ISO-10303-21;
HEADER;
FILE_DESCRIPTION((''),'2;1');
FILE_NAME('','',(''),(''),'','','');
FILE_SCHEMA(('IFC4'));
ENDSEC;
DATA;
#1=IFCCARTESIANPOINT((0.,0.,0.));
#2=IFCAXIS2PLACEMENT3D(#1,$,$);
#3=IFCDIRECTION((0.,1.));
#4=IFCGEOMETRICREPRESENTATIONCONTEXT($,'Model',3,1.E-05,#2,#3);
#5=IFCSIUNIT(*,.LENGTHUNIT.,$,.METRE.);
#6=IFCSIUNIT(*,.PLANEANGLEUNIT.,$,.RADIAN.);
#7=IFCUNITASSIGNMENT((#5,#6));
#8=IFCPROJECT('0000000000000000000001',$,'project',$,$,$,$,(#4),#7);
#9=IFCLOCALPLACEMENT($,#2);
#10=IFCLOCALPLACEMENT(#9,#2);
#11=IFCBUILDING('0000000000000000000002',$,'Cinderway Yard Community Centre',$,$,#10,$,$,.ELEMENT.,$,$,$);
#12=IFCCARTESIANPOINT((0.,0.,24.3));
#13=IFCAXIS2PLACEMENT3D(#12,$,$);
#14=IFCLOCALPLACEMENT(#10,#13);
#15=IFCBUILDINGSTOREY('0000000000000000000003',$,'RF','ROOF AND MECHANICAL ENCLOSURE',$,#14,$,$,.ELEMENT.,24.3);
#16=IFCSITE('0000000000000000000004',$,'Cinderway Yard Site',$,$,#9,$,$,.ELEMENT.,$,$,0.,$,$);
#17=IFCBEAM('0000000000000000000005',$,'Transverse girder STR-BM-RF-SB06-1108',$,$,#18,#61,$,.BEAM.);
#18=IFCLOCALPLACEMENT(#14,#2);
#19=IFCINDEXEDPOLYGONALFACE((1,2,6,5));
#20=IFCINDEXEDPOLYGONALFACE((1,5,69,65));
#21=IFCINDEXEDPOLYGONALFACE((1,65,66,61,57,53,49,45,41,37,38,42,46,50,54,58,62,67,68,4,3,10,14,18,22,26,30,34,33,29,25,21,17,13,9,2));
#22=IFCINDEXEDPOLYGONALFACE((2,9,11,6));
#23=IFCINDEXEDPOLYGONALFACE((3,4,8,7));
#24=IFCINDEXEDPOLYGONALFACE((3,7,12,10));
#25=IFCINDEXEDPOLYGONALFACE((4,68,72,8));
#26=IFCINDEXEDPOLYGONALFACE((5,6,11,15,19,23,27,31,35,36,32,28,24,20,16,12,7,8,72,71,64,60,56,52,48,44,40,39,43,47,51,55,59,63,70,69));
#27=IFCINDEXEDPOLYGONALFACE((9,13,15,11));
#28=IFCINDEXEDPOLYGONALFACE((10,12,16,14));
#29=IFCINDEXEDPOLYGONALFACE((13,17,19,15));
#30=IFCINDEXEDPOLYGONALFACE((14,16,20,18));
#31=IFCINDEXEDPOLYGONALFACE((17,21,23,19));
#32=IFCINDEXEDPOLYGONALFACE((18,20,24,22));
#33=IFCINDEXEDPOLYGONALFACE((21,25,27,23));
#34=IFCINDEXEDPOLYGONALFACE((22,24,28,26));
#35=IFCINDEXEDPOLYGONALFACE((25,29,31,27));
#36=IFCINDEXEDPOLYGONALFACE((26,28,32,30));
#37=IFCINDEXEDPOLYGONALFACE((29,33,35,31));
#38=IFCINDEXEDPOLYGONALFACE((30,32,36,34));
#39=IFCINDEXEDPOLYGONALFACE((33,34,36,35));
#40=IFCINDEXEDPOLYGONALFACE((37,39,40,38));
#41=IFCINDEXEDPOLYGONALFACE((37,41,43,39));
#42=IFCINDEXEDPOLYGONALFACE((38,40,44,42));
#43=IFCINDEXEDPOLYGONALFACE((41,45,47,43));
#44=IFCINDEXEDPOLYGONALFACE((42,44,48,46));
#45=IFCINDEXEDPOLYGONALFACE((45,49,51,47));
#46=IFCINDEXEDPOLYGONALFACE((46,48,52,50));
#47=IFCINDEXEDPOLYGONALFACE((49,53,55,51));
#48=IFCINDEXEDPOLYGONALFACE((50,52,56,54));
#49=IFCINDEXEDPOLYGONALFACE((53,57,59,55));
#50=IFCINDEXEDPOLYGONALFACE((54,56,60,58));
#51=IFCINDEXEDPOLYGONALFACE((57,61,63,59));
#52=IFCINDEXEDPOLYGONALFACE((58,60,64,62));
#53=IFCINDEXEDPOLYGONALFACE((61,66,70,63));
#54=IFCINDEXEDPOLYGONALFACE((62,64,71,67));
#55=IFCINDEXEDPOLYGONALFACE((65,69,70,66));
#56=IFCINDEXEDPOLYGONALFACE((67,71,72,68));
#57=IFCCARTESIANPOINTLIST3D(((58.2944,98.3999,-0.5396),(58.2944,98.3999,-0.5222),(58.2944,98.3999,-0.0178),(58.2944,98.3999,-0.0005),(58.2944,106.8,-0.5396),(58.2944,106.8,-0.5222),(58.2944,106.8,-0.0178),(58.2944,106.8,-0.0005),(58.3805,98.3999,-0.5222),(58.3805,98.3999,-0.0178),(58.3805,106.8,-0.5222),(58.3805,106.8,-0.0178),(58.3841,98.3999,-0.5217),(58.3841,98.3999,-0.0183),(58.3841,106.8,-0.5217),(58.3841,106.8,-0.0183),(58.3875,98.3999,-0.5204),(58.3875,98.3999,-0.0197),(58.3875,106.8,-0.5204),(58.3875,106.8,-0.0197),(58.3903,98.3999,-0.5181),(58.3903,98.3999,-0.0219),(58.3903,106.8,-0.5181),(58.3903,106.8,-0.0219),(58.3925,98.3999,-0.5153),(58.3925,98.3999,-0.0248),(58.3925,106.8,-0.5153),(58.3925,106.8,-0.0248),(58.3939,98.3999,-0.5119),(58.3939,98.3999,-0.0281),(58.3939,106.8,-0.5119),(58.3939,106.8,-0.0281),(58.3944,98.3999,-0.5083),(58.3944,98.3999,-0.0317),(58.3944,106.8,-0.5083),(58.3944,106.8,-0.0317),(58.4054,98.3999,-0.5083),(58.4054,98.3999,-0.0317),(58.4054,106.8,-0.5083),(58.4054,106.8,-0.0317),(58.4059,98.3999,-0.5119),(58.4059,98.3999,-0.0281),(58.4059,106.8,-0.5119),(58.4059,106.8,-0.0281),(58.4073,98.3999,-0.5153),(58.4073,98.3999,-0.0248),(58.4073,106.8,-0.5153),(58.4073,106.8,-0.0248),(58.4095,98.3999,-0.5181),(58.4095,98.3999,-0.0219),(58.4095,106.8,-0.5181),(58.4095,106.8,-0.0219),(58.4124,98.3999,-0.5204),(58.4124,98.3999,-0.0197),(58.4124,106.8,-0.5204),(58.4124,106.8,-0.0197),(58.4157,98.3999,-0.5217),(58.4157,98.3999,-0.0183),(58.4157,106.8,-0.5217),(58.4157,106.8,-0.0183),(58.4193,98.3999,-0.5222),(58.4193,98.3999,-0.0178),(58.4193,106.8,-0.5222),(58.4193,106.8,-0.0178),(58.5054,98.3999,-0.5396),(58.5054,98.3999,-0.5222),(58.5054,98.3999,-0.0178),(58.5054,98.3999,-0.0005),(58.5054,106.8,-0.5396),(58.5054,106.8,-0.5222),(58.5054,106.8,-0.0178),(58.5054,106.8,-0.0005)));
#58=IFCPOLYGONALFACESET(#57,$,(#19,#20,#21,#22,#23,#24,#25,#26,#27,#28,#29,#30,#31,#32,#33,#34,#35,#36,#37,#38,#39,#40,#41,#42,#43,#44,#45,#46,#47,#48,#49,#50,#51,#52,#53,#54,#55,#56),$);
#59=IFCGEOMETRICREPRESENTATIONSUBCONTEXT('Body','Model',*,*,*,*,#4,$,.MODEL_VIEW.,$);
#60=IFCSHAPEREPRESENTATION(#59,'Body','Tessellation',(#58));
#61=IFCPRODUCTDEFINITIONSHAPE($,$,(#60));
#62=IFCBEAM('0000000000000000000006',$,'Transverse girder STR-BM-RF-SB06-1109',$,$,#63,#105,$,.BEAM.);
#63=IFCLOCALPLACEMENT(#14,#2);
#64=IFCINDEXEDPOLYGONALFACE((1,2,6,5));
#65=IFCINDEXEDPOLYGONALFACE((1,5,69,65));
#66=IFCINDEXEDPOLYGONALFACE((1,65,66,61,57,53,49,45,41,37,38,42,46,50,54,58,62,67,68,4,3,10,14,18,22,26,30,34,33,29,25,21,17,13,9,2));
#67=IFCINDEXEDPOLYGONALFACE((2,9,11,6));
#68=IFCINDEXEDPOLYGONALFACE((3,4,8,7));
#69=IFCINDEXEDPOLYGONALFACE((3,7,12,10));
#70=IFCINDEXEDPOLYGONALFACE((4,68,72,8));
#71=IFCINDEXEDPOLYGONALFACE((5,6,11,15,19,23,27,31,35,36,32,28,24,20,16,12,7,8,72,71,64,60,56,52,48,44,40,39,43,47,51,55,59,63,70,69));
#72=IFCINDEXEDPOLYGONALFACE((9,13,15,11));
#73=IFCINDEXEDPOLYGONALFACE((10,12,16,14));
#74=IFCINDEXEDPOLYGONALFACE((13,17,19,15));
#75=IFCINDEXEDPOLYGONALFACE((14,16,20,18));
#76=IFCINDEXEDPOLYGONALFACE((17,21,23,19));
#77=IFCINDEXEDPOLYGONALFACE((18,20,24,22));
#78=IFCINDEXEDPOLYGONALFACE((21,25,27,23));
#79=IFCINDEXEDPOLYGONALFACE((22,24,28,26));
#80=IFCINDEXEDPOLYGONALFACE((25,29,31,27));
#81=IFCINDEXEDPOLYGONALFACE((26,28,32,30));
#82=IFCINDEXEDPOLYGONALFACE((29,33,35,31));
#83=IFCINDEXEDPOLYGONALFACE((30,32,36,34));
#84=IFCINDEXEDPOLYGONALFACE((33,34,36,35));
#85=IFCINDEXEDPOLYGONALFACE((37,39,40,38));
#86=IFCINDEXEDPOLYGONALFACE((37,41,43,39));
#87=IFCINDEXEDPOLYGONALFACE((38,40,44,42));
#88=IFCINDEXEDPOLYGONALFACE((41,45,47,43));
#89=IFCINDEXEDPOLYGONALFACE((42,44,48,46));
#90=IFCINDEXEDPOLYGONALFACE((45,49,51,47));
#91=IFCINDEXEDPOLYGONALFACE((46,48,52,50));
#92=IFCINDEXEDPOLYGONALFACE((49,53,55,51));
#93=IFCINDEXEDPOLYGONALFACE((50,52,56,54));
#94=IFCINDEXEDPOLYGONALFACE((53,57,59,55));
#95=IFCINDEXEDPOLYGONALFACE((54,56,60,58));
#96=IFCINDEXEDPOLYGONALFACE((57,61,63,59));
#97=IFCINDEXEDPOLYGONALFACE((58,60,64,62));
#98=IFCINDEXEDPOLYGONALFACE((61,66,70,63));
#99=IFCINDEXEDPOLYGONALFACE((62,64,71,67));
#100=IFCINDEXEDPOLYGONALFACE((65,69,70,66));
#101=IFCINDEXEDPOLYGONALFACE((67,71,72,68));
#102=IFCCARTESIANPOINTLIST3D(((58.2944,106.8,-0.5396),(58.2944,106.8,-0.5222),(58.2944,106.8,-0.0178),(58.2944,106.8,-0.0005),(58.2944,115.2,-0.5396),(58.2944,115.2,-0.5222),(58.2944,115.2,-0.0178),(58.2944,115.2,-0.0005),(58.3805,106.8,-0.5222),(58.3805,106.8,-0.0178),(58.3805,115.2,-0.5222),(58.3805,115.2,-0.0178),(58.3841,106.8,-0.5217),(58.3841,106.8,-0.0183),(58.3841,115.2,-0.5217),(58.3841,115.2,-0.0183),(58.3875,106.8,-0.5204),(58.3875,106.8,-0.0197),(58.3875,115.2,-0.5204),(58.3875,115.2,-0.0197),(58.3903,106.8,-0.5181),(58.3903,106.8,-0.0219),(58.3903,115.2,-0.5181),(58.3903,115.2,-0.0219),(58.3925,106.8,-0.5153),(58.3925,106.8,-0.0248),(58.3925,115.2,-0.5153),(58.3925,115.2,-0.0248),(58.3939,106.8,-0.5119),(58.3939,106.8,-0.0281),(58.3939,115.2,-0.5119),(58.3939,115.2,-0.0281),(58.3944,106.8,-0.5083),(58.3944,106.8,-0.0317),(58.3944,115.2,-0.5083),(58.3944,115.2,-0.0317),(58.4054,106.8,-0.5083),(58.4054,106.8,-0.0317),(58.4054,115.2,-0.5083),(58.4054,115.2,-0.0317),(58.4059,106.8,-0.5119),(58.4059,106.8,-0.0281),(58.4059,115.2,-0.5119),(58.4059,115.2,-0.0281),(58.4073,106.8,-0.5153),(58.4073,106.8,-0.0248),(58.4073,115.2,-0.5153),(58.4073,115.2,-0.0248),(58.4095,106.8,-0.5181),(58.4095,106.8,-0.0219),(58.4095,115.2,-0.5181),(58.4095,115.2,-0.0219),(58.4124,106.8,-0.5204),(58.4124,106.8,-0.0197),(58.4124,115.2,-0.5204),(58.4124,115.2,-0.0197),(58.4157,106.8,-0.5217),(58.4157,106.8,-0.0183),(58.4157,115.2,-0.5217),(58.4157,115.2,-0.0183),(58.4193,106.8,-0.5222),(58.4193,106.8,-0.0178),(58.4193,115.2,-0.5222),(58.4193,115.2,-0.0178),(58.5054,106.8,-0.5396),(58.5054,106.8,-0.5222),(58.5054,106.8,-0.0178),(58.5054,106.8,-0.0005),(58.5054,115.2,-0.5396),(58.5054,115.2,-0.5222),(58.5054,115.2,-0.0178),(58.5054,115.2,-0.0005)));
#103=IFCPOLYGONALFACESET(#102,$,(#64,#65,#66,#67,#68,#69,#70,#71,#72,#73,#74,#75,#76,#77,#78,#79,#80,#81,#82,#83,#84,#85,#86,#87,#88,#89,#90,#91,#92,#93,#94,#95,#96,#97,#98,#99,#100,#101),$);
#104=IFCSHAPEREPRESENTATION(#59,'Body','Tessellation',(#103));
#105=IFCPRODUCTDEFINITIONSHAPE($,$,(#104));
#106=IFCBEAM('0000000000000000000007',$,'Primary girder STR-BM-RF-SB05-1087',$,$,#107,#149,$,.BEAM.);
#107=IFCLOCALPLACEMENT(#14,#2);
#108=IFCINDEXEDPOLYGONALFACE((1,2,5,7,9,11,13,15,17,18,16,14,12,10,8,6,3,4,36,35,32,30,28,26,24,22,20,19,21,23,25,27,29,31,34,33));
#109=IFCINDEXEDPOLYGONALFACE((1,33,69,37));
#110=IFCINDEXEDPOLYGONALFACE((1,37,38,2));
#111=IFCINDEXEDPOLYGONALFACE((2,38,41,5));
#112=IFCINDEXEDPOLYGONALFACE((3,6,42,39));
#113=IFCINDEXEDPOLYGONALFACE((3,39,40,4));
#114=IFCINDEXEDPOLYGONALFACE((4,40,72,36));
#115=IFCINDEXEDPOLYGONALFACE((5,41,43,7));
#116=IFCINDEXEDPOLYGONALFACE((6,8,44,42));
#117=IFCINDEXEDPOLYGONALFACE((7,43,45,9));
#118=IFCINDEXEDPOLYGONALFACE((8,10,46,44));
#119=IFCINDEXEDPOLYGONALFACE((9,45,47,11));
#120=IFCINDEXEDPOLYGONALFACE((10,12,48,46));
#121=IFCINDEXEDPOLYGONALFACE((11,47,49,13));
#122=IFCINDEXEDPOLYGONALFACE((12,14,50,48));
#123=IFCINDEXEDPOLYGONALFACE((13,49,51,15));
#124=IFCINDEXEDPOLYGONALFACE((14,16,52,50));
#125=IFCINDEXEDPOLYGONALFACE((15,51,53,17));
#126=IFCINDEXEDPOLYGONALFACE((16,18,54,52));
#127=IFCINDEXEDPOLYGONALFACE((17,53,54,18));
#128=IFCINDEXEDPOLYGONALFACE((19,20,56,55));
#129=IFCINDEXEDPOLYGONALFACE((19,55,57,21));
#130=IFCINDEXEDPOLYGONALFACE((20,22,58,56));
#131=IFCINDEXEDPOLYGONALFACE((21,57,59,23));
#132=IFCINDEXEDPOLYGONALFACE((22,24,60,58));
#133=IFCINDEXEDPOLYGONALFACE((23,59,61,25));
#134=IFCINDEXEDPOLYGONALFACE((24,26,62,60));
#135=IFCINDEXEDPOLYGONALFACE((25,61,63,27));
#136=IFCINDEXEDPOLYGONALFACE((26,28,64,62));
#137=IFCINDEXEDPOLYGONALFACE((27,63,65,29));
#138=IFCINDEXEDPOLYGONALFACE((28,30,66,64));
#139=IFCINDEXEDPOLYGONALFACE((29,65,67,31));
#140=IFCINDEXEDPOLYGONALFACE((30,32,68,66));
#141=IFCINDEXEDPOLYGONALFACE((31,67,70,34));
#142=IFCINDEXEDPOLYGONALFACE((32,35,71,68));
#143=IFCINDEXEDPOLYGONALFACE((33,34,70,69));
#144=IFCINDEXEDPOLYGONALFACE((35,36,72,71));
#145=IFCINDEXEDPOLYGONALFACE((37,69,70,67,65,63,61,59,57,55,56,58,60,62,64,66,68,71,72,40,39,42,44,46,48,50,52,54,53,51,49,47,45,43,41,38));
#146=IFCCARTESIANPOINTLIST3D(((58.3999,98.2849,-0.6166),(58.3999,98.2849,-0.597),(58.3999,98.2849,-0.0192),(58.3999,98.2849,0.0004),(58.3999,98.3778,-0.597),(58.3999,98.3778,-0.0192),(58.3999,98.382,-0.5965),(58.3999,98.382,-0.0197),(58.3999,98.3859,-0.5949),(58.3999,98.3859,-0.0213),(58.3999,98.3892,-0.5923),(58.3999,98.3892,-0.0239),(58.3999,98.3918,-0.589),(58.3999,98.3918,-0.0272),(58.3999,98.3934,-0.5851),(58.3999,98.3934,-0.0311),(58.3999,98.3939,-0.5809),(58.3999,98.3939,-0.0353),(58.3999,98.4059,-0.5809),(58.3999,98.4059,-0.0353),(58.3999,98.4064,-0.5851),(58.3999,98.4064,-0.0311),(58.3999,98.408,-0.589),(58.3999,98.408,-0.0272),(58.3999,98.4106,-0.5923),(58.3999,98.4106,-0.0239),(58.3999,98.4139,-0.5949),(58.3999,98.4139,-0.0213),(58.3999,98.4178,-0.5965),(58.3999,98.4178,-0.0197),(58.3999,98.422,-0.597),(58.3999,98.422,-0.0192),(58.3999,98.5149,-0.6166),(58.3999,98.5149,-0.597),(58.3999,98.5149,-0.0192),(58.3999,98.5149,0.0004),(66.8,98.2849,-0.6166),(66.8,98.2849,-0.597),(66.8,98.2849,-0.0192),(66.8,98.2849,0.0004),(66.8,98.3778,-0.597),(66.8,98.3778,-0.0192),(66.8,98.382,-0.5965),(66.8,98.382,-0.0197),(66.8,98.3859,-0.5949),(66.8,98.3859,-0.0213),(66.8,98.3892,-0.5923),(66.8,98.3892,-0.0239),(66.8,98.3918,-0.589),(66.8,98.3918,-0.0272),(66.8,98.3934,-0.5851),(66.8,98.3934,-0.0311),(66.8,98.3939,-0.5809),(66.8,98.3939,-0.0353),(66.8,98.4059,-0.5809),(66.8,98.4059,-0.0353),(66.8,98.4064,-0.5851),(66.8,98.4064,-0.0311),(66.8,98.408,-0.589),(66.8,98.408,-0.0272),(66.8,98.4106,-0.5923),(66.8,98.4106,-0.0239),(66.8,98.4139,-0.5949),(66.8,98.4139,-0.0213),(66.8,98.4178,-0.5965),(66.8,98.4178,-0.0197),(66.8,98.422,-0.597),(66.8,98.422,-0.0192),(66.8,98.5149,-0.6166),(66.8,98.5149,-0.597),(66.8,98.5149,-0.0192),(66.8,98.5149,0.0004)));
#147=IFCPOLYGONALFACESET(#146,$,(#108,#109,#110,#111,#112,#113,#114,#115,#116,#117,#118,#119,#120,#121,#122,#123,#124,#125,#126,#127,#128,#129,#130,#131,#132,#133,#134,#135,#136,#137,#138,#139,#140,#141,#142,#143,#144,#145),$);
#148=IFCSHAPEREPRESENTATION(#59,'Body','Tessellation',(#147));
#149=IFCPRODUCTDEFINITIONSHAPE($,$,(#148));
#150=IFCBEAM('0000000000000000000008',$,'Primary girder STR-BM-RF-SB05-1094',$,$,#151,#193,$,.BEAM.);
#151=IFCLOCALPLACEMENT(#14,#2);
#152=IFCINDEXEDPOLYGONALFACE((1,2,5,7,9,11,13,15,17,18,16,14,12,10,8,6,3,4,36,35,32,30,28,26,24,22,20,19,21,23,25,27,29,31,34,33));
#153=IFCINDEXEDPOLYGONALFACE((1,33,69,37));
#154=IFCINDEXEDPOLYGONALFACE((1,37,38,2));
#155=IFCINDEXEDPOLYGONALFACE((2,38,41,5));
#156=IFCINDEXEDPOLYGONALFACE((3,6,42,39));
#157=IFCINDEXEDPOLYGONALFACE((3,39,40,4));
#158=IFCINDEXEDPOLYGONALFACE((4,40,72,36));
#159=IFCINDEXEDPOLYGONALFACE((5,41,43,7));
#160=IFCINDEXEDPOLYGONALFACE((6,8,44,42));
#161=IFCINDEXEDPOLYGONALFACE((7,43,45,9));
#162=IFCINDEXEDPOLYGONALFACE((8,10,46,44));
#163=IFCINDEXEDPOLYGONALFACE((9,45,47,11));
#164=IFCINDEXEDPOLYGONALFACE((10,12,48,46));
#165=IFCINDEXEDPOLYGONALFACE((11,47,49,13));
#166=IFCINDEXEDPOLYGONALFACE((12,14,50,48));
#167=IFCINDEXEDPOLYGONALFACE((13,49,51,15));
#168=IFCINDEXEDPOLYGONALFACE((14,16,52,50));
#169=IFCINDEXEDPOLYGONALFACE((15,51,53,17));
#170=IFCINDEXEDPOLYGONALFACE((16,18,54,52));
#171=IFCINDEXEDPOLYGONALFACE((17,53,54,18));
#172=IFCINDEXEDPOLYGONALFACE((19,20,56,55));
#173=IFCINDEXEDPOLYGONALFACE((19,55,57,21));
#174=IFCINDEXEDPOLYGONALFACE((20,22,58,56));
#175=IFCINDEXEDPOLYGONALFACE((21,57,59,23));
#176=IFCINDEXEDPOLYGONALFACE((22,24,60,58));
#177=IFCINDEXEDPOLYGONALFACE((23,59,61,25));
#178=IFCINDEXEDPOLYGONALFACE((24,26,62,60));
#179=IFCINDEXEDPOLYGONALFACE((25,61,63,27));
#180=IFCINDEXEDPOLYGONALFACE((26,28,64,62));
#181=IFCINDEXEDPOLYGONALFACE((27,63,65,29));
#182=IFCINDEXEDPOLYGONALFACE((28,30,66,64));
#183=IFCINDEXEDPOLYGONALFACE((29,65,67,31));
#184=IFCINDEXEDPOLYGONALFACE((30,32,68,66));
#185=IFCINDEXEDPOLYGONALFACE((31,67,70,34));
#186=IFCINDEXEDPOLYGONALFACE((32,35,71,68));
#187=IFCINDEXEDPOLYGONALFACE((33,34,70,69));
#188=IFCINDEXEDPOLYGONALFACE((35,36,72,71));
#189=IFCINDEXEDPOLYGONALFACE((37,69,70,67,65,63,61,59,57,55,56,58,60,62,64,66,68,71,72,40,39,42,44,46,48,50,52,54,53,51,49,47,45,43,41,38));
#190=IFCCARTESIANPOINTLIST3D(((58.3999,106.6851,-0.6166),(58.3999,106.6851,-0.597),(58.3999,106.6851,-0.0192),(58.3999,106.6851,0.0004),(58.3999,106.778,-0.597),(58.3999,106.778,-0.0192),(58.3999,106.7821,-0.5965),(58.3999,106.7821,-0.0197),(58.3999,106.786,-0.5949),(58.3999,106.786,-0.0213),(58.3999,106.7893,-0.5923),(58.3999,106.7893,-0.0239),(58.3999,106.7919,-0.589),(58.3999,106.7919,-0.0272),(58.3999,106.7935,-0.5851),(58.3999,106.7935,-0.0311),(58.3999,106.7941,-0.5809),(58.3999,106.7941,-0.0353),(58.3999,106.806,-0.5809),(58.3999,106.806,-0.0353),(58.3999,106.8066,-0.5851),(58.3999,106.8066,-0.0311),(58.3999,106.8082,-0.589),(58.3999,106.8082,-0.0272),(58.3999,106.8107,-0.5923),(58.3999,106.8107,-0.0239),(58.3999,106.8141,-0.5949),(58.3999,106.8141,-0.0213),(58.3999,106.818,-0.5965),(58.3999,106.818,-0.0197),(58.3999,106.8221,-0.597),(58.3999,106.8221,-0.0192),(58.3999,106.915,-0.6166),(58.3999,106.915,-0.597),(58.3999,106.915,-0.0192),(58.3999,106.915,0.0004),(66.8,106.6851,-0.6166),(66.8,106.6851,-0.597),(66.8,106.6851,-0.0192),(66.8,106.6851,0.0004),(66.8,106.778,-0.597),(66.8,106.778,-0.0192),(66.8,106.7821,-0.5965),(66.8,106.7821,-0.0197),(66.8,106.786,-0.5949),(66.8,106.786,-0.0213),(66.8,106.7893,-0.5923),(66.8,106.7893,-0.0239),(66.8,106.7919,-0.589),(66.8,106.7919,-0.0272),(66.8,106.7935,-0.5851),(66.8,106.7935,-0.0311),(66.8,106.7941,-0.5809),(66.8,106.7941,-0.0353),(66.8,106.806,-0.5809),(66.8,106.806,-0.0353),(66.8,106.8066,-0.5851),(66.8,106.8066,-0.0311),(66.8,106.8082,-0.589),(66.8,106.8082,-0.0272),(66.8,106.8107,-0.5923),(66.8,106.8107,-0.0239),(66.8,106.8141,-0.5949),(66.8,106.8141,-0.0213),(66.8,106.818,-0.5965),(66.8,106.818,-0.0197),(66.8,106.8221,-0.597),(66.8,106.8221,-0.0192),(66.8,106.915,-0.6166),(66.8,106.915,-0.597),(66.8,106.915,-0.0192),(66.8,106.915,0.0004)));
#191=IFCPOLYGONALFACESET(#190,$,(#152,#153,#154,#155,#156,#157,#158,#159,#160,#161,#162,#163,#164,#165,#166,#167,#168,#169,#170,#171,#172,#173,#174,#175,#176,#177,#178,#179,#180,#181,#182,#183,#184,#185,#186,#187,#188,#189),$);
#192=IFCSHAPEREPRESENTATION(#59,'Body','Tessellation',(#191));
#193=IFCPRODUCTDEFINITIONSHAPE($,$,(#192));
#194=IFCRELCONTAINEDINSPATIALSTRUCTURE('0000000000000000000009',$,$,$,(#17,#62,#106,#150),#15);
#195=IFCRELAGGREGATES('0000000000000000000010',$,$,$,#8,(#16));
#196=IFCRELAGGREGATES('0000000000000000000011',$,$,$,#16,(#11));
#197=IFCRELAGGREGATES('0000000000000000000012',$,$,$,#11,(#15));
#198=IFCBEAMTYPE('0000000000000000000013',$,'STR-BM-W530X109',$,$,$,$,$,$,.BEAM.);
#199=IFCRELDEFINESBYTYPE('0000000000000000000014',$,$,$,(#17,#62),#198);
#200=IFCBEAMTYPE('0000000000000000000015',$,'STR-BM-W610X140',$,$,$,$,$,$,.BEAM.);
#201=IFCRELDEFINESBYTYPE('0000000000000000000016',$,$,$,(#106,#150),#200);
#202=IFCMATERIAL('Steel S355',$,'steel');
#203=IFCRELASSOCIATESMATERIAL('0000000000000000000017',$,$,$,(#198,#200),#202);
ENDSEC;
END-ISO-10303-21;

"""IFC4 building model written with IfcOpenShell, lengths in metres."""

from ifc_helpers import new_model, si_unit, direction, frame, origin, origin_2d, place, context, subcontext, project, spatial, i_section, extrude, material, material_profile, profile_set, type_object, element, save


model = new_model("IFC4")

# Units and contexts
model_context = context("Model", 3, precision=1e-05, world=origin(), true_north=direction((0.0, 1.0)))
body_context = subcontext(model_context, "Body", "Model", "MODEL_VIEW")
ifc_project = project(units=[si_unit("LENGTHUNIT", "METRE"), si_unit("PLANEANGLEUNIT", "RADIAN")], contexts=[model_context])

# Site, building, storey
site_placement = place(None, origin())
site = spatial("IfcSite", under=ifc_project, at=site_placement, Name="Cinderway Yard Site", CompositionType="ELEMENT", RefElevation=0.0)
building_placement = place(site_placement, origin())
building = spatial("IfcBuilding", under=site, at=building_placement, Name="Cinderway Yard Community Centre", CompositionType="ELEMENT")
storey_placement = place(building_placement, frame((0.0, 0.0, 24.3)))
storey = spatial("IfcBuildingStorey", under=building, at=storey_placement, Name="RF", Description="ROOF AND MECHANICAL ENCLOSURE", CompositionType="ELEMENT", Elevation=24.3)

# Shared definitions
ifc_material_1 = material(Name="Steel S355", Category="steel")

# Beams
ifc_material_profile_1 = material_profile(ifc_material_1, i_section(OverallWidth=0.2109, OverallDepth=0.5391, WebThickness=0.011, FlangeThickness=0.0173, FilletRadius=0.0139, at=origin_2d()), Name="Steel S355")
ifc_profile_set_1 = profile_set([ifc_material_profile_1], Name="Steel S355")
beam_type_1 = type_object("IfcBeamType", Name="STR-BM-W530X109", PredefinedType="BEAM", material=ifc_profile_set_1)
beam_1_placement = place(storey_placement, frame((58.3999, 98.3999, -0.27), z_axis=(0.0, 1.0, 0.0), x_axis=(-1.0, 0.0, 0.0)))
element("IfcBeam", 1, at=beam_1_placement, inside=storey, type_object=beam_type_1, Name="Transverse girder STR-BM-RF-SB06-1108", PredefinedType="BEAM", context=body_context, shape_type="SweptSolid", body=[
    extrude(i_section(OverallWidth=0.2109, OverallDepth=0.5391, WebThickness=0.011, FlangeThickness=0.0173, FilletRadius=0.0139, at=origin_2d()), origin(), (0.0, 0.0, 1.0), 8.4001),
])
beam_2_placement = place(storey_placement, frame((58.3999, 106.8, -0.27), z_axis=(0.0, 1.0, 0.0), x_axis=(-1.0, 0.0, 0.0)))
element("IfcBeam", 2, at=beam_2_placement, inside=storey, type_object=beam_type_1, Name="Transverse girder STR-BM-RF-SB06-1109", PredefinedType="BEAM", context=body_context, shape_type="SweptSolid", body=[
    extrude(i_section(OverallWidth=0.2109, OverallDepth=0.5391, WebThickness=0.011, FlangeThickness=0.0173, FilletRadius=0.0139, at=origin_2d()), origin(), (0.0, 0.0, 1.0), 8.3999),
])
ifc_material_profile_2 = material_profile(ifc_material_1, i_section(OverallWidth=0.23, OverallDepth=0.6169, WebThickness=0.012, FlangeThickness=0.0195, FilletRadius=0.0161, at=origin_2d()), Name="Steel S355")
ifc_profile_set_2 = profile_set([ifc_material_profile_2], Name="Steel S355")
beam_type_2 = type_object("IfcBeamType", Name="STR-BM-W610X140", PredefinedType="BEAM", material=ifc_profile_set_2)
for number, where, z_axis, x_axis, name in (
    (3, (58.3999, 98.3999, -0.3081), (1.0, 0.0, 0.0), (0.0, 1.0, 0.0), "Primary girder STR-BM-RF-SB05-1087"),
    (4, (58.3999, 106.8, -0.3081), (1.0, 0.0, 0.0), (0.0, 1.0, 0.0), "Primary girder STR-BM-RF-SB05-1094"),
):
    element("IfcBeam", number, at=place(storey_placement, frame(where, z_axis=z_axis, x_axis=x_axis)), inside=storey, type_object=beam_type_2, Name=name, PredefinedType="BEAM", context=body_context, shape_type="SweptSolid", body=[
        extrude(i_section(OverallWidth=0.23, OverallDepth=0.6169, WebThickness=0.012, FlangeThickness=0.0195, FilletRadius=0.0161, at=origin_2d()), origin(), (0.0, 0.0, 1.0), 8.4001),
    ])

save(model, "model.ifc")
